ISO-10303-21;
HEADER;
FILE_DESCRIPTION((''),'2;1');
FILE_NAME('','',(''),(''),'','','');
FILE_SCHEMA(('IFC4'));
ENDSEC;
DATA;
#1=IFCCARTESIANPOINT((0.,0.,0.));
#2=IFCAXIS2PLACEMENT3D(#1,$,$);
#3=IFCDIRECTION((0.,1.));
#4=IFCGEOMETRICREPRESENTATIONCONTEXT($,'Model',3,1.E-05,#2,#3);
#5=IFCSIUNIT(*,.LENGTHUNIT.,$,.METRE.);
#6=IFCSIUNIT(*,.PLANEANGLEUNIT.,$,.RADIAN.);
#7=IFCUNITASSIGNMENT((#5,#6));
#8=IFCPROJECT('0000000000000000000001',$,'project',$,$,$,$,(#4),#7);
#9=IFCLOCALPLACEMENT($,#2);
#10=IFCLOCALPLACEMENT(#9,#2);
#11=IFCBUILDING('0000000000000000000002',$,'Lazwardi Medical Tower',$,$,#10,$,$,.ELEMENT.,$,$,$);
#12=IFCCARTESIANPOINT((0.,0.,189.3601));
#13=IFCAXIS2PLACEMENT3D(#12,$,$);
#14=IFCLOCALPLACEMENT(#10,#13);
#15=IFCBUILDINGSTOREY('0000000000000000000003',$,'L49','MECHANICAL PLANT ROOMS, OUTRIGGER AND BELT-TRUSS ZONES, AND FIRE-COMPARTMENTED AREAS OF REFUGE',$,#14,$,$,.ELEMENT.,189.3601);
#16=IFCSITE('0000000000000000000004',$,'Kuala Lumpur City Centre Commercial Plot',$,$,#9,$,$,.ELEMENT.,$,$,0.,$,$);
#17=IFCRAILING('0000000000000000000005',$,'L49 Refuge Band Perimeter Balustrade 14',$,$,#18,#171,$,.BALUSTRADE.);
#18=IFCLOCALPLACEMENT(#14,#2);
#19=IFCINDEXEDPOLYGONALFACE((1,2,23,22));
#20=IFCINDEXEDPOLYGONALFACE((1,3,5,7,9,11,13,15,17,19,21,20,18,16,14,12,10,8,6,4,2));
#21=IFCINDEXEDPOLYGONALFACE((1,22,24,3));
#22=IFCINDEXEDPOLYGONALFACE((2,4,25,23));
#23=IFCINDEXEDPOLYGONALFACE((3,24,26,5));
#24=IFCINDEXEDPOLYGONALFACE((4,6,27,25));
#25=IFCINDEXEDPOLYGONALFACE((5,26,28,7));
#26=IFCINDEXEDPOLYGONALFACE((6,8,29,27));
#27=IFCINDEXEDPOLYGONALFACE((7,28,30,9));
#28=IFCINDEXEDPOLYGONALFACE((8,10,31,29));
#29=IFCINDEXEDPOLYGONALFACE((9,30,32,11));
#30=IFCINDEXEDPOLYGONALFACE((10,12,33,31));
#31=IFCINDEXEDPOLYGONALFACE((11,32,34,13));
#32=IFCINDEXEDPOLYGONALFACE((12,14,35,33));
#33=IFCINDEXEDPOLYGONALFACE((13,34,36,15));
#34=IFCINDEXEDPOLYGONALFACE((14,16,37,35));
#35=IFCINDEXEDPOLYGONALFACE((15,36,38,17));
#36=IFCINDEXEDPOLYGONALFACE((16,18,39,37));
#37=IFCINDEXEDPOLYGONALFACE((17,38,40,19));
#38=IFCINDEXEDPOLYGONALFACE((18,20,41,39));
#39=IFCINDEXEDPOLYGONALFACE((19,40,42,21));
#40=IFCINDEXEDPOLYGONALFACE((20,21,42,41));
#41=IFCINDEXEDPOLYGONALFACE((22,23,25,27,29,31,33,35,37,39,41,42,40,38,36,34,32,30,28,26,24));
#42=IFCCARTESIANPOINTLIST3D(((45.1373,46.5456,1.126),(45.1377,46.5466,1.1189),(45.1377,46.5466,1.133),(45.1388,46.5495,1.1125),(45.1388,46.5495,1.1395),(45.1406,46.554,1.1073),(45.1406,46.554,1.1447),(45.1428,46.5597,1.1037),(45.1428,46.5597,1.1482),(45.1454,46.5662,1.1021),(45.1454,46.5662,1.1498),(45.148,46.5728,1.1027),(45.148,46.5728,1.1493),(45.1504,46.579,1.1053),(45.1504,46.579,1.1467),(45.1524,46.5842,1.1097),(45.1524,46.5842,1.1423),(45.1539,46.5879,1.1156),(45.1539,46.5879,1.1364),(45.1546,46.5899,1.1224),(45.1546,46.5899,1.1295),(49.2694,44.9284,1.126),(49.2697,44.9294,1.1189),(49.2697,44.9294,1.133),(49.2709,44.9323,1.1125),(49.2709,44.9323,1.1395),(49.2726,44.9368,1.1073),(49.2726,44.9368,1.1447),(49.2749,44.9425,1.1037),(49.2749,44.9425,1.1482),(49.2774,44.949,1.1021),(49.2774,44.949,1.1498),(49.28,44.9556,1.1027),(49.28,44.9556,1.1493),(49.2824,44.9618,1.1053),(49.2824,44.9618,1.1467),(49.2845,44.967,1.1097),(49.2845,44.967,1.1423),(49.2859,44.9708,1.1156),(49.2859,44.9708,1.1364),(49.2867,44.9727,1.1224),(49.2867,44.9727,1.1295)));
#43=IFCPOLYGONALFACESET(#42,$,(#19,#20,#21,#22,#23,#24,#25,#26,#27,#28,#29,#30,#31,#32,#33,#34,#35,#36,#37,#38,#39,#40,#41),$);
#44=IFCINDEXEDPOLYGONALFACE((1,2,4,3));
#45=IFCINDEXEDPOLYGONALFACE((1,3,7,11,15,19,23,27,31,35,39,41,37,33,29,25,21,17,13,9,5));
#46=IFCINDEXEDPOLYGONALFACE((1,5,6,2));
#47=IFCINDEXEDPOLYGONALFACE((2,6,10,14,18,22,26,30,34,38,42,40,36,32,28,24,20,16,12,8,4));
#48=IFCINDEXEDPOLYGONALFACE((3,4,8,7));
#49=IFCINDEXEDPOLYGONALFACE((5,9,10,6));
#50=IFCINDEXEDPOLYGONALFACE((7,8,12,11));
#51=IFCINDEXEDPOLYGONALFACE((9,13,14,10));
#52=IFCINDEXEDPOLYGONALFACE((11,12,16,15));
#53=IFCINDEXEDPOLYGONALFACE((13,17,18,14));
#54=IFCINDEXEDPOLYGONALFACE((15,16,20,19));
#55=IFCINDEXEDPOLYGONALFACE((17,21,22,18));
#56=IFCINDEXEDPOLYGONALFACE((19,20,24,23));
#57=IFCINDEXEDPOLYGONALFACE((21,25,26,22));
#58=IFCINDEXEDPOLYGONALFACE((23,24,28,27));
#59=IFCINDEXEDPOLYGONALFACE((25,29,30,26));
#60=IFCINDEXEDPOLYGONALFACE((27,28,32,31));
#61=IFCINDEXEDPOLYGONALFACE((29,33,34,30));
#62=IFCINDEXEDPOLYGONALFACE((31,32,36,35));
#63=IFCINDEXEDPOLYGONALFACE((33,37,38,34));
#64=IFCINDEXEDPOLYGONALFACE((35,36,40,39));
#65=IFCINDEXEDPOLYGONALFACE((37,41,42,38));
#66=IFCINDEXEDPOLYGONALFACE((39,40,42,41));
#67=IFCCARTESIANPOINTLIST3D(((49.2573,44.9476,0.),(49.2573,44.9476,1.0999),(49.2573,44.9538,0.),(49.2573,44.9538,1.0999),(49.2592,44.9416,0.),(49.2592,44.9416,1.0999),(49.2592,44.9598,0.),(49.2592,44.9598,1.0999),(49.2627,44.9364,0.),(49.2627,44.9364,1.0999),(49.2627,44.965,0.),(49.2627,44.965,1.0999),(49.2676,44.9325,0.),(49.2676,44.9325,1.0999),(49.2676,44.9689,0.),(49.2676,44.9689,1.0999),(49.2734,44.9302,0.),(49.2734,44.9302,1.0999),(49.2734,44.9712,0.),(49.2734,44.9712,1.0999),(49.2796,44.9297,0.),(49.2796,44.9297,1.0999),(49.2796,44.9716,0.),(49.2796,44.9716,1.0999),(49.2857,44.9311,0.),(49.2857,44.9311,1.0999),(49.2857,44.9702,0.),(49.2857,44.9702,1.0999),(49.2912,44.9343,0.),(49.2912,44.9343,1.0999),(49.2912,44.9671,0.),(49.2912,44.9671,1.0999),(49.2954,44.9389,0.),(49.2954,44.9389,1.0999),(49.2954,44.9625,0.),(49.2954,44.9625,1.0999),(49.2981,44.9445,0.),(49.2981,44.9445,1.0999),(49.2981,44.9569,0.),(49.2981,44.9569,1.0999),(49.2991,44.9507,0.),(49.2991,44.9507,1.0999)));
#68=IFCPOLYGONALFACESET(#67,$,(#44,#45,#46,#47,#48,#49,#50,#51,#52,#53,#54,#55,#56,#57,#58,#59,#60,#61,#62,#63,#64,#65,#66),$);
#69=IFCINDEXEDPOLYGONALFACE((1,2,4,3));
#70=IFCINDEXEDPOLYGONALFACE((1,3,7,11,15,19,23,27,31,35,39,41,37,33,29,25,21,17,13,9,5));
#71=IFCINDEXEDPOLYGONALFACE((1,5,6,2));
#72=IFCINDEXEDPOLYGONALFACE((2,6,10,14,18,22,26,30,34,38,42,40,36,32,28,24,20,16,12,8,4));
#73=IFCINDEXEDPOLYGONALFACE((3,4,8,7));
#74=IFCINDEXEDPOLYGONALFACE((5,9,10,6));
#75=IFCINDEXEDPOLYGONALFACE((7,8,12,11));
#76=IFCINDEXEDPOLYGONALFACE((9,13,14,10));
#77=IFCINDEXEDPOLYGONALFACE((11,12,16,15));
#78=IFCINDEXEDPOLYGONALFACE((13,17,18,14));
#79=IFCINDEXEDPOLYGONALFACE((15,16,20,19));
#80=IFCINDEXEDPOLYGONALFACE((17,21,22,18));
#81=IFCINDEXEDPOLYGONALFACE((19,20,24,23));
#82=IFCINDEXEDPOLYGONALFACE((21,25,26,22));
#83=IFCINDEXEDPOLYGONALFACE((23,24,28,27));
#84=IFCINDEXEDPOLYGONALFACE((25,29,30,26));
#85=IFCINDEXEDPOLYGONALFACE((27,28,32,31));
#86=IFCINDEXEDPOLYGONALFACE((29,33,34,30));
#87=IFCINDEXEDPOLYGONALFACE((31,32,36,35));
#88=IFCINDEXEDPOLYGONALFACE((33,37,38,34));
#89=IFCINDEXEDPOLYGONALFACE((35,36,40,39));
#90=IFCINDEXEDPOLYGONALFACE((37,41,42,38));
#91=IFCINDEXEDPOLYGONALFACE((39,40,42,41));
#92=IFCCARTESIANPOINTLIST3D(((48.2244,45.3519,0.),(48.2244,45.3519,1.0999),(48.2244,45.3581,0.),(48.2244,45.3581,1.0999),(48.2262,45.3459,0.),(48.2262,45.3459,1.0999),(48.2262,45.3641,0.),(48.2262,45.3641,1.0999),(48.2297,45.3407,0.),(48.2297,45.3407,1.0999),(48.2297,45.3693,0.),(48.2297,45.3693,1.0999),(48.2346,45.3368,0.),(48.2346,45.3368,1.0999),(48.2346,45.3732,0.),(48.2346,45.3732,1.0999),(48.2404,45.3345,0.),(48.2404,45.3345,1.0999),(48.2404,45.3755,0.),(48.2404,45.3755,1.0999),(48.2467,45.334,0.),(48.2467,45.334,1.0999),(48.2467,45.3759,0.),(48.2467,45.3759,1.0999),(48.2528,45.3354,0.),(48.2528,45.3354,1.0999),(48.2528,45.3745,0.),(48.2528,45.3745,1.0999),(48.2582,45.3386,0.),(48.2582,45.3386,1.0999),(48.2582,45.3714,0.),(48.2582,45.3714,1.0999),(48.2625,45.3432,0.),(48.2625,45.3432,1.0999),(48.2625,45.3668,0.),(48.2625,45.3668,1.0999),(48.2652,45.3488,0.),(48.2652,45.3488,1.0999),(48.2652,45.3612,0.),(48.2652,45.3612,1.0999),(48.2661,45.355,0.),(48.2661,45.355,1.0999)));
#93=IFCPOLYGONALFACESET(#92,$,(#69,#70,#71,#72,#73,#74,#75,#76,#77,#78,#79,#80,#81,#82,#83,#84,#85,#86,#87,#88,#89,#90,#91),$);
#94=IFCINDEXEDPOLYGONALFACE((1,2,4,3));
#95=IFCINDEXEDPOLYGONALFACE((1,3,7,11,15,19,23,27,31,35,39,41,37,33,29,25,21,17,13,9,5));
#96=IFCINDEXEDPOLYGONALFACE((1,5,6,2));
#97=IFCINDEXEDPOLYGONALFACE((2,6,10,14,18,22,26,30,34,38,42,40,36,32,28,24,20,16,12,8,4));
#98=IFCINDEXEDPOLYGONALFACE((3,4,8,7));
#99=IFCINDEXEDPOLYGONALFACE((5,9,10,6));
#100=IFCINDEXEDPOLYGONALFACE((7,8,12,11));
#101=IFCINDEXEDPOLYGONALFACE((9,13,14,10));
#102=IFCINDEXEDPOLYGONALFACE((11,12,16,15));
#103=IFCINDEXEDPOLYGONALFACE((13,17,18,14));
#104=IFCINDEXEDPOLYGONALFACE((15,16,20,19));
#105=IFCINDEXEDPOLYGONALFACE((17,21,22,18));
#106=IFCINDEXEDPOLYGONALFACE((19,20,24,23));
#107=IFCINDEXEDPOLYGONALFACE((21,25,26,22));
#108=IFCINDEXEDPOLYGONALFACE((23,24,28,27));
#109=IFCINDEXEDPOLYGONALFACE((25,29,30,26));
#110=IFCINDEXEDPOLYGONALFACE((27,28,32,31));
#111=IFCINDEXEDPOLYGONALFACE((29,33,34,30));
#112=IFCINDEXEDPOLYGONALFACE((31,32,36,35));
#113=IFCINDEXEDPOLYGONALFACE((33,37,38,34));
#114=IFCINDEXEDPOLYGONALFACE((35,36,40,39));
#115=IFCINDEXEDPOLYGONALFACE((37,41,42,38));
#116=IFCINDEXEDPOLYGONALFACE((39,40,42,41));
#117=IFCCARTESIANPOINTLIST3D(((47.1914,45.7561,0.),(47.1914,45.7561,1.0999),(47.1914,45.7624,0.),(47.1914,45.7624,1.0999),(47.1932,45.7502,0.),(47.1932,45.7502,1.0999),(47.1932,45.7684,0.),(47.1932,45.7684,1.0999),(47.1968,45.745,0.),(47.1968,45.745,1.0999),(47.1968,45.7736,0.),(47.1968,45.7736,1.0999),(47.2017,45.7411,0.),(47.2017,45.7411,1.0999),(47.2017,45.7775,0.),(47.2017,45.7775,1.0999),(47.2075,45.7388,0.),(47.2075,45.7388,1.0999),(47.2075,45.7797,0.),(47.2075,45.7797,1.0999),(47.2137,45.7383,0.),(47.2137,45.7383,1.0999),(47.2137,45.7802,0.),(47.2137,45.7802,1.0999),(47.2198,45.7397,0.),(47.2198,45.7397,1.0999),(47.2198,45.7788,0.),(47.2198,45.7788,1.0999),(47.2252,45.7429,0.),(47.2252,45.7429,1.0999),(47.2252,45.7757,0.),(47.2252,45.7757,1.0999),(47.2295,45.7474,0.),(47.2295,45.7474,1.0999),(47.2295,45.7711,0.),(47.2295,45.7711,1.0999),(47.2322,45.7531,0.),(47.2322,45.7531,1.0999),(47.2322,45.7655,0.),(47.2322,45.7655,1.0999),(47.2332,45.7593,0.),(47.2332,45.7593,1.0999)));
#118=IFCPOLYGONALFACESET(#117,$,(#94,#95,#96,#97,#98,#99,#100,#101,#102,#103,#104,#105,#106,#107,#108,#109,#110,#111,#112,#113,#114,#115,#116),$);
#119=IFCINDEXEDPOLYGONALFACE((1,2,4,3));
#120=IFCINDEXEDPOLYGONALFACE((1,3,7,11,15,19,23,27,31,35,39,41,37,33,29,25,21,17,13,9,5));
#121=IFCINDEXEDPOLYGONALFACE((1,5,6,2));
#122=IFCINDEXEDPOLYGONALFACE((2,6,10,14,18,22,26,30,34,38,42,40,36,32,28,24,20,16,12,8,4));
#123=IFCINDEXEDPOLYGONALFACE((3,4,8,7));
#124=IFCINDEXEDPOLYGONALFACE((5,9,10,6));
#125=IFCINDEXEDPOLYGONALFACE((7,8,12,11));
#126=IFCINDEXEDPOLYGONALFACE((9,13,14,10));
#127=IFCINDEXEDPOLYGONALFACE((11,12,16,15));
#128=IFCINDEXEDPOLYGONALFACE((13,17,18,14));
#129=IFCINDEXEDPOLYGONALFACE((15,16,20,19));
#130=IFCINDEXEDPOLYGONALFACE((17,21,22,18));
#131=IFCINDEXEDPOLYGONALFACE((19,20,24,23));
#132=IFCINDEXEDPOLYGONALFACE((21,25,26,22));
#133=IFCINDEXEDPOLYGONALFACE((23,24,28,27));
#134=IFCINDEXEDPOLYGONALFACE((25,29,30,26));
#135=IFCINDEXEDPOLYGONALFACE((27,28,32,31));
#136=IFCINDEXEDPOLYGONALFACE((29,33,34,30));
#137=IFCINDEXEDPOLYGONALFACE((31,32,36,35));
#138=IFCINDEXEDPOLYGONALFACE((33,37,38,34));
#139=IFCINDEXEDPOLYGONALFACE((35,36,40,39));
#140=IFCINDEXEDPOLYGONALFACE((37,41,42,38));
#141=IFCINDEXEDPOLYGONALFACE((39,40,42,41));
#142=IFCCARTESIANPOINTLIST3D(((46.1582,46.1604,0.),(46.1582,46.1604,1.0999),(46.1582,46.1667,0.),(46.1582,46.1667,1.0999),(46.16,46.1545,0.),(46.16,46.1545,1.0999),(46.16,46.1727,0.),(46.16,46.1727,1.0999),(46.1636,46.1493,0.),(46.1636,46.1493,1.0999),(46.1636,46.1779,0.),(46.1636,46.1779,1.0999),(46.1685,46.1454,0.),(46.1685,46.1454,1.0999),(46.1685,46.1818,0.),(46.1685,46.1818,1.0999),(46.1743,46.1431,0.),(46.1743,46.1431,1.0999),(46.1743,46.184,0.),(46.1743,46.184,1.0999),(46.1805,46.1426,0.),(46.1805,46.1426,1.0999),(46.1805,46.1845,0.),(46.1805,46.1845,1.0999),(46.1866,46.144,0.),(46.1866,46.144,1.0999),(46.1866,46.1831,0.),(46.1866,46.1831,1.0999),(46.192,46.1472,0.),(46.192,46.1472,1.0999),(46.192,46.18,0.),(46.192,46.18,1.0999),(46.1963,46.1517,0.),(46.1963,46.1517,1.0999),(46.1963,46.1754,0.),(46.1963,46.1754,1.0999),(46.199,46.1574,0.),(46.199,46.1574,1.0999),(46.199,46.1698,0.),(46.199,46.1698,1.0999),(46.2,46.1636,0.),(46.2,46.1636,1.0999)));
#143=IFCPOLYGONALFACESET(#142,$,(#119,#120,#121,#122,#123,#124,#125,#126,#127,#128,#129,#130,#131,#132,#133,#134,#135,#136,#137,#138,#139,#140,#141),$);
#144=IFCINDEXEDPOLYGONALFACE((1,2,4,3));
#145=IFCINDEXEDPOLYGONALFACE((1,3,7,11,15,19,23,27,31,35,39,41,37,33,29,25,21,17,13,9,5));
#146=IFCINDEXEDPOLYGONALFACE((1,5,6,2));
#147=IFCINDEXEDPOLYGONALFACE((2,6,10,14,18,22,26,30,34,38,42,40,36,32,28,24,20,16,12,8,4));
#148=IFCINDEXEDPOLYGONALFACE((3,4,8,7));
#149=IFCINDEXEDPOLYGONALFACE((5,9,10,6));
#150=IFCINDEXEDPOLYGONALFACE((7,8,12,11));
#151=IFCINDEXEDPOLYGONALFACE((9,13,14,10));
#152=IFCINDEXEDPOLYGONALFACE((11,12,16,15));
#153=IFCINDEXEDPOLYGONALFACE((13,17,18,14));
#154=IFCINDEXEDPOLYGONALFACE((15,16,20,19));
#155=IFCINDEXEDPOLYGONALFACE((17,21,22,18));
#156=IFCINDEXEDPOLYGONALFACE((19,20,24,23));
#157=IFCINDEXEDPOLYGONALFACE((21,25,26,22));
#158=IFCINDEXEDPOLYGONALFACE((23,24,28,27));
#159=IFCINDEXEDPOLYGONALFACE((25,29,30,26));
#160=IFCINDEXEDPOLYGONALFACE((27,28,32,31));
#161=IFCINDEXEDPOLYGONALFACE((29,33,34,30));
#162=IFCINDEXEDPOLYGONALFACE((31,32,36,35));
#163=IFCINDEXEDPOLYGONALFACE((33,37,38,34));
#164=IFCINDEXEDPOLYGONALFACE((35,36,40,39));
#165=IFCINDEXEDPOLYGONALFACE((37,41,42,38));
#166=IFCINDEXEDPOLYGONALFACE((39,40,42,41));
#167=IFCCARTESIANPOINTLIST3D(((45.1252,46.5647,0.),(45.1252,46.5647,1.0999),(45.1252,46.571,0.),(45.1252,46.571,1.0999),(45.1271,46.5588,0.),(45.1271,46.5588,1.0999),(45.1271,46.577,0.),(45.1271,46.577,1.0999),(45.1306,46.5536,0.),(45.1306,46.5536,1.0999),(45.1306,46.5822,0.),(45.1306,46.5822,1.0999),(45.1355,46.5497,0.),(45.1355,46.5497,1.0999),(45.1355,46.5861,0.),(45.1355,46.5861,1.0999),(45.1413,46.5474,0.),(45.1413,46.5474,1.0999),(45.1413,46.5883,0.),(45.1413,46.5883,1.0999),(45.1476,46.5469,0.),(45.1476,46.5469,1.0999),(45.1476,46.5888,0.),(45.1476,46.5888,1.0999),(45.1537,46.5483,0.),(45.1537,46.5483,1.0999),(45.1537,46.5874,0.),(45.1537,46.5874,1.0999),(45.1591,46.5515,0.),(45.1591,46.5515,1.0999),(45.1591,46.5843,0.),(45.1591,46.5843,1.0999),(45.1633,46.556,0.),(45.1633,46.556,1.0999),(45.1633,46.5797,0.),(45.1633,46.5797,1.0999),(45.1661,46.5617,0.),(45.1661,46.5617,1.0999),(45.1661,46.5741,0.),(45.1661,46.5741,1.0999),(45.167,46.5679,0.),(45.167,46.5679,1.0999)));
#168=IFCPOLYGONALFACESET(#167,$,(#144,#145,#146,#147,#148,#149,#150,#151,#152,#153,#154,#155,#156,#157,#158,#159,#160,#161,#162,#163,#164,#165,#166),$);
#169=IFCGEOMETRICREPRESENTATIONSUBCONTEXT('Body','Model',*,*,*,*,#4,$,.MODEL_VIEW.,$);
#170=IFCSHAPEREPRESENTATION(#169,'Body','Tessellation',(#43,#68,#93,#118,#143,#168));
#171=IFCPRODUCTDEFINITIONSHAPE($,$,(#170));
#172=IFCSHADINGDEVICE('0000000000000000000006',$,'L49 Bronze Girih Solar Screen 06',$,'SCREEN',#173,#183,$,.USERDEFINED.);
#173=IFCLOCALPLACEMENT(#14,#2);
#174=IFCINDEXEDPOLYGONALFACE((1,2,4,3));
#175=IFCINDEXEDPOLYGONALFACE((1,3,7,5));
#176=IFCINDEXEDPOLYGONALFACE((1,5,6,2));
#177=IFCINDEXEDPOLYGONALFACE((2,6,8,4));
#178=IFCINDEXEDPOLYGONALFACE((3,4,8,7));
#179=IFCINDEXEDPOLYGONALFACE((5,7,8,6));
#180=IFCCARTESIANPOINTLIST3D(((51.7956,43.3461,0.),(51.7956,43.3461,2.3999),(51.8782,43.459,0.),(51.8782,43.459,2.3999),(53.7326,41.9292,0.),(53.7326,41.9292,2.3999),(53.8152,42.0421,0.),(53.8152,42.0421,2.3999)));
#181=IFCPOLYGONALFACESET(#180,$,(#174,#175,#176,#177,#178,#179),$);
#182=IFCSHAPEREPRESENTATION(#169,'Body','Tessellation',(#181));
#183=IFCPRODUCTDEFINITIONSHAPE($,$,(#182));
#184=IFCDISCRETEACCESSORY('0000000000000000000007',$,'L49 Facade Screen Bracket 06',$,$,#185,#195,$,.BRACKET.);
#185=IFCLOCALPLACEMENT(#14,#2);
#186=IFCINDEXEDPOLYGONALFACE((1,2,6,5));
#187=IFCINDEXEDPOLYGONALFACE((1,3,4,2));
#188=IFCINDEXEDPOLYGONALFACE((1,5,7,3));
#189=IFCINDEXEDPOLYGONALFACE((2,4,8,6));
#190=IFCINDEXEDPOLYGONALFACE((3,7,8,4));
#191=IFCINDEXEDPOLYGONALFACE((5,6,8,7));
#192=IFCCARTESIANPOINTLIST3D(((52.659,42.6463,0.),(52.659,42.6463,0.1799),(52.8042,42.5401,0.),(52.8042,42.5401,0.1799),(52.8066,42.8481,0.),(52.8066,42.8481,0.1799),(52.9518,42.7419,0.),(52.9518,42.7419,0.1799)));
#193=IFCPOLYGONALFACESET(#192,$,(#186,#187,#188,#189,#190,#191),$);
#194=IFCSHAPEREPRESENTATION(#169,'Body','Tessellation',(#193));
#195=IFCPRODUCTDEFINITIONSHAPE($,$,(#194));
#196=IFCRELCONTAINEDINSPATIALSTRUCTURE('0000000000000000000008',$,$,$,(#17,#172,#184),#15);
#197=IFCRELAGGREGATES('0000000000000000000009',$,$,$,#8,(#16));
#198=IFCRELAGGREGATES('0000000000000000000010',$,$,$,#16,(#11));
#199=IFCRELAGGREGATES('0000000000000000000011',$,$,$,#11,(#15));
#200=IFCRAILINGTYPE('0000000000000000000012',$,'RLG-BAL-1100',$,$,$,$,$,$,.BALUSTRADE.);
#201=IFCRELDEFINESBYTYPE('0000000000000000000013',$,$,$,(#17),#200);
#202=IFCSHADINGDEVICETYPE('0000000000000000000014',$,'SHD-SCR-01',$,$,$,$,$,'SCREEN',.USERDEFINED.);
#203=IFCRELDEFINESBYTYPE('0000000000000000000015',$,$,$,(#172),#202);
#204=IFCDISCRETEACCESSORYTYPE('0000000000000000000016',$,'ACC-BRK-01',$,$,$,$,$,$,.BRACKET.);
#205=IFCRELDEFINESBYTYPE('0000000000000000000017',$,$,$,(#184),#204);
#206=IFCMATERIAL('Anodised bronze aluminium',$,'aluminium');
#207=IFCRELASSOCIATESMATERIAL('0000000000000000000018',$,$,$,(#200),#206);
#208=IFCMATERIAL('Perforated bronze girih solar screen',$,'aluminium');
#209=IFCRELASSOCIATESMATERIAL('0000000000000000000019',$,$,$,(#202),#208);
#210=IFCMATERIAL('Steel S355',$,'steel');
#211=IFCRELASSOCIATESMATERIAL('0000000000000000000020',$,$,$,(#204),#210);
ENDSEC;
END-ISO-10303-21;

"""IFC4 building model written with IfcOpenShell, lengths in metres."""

from ifc_helpers import new_model, si_unit, direction, frame, origin, origin_2d, place, context, subcontext, project, spatial, rectangle, circle, extrude, material, type_object, element, save


model = new_model("IFC4")

# Units and contexts
model_context = context("Model", 3, precision=1e-05, world=origin(), true_north=direction((0.0, 1.0)))
body_context = subcontext(model_context, "Body", "Model", "MODEL_VIEW")
ifc_project = project(units=[si_unit("LENGTHUNIT", "METRE"), si_unit("PLANEANGLEUNIT", "RADIAN")], contexts=[model_context])

# Site, building, storey
site_placement = place(None, origin())
site = spatial("IfcSite", under=ifc_project, at=site_placement, Name="Kuala Lumpur City Centre Commercial Plot", CompositionType="ELEMENT", RefElevation=0.0)
building_placement = place(site_placement, origin())
building = spatial("IfcBuilding", under=site, at=building_placement, Name="Lazwardi Medical Tower", CompositionType="ELEMENT")
storey_placement = place(building_placement, frame((0.0, 0.0, 189.3601)))
storey = spatial("IfcBuildingStorey", under=building, at=storey_placement, Name="L49", Description="MECHANICAL PLANT ROOMS, OUTRIGGER AND BELT-TRUSS ZONES, AND FIRE-COMPARTMENTED AREAS OF REFUGE", CompositionType="ELEMENT", Elevation=189.3601)

# Shared definitions
ifc_material_1 = material(Name="Steel S355", Category="steel")

# Railing
ifc_material_2 = material(Name="Anodised bronze aluminium", Category="aluminium")
railing_type = type_object("IfcRailingType", Name="RLG-BAL-1100", PredefinedType="BALUSTRADE", material=ifc_material_2)
railing_1_placement = place(storey_placement, frame((49.2781, 44.9507, 0.0)))
element("IfcRailing", 1, at=railing_1_placement, inside=storey, type_object=railing_type, Name="L49 Refuge Band Perimeter Balustrade 14", PredefinedType="BALUSTRADE", context=body_context, shape_type="SweptSolid", body=[
    extrude(circle(Radius=0.0239, at=origin_2d()), frame((0.0, 0.0, 1.126), z_axis=(-0.931221, 0.364455, 0.0), x_axis=(-0.364455, -0.931221, 0.0)), (0.0, 0.0, 1.0), 4.4373),
    extrude(circle(Radius=0.021, at=origin_2d()), origin(), (0.0, 0.0, 1.0), 1.0999),
    extrude(circle(Radius=0.021, at=origin_2d()), frame((-1.033, 0.4043, 0.0)), (0.0, 0.0, 1.0), 1.0999),
    extrude(circle(Radius=0.021, at=origin_2d()), frame((-2.0659, 0.8086, 0.0)), (0.0, 0.0, 1.0), 1.0999),
    extrude(circle(Radius=0.021, at=origin_2d()), frame((-3.0991, 1.2129, 0.0)), (0.0, 0.0, 1.0), 1.0999),
    extrude(circle(Radius=0.021, at=origin_2d()), frame((-4.1321, 1.6172, 0.0)), (0.0, 0.0, 1.0), 1.0999),
])

# Shading device
ifc_material_3 = material(Name="Perforated bronze girih solar screen", Category="aluminium")
shading_device_type = type_object("IfcShadingDeviceType", Name="SHD-SCR-01", ElementType="SCREEN", PredefinedType="USERDEFINED", material=ifc_material_3)
shading_device_placement = place(storey_placement, frame((52.8054, 42.6941, 0.0), z_axis=(0.0, 0.0, 1.0), x_axis=(-0.8071, 0.590414, 0.0)))
element("IfcShadingDevice", 2, at=shading_device_placement, inside=storey, type_object=shading_device_type, Name="L49 Bronze Girih Solar Screen 06", ObjectType="SCREEN", PredefinedType="USERDEFINED", context=body_context, shape_type="SweptSolid", body=[
    extrude(rectangle(XDim=2.3999, YDim=0.1399, at=origin_2d()), origin(), (0.0, 0.0, 1.0), 2.3999),
])

# Discrete accessory
discrete_accessory_type = type_object("IfcDiscreteAccessoryType", Name="ACC-BRK-01", PredefinedType="BRACKET", material=ifc_material_1)
discrete_accessory_placement = place(storey_placement, frame((52.8054, 42.6941, 0.0), z_axis=(0.0, 0.0, 1.0), x_axis=(-0.8071, 0.590414, 0.0)))
element("IfcDiscreteAccessory", 3, at=discrete_accessory_placement, inside=storey, type_object=discrete_accessory_type, Name="L49 Facade Screen Bracket 06", PredefinedType="BRACKET", context=body_context, shape_type="SweptSolid", body=[
    extrude(rectangle(XDim=0.1799, YDim=0.25, at=origin_2d()), origin(), (0.0, 0.0, 1.0), 0.1799),
])

save(model, "model.ifc")
